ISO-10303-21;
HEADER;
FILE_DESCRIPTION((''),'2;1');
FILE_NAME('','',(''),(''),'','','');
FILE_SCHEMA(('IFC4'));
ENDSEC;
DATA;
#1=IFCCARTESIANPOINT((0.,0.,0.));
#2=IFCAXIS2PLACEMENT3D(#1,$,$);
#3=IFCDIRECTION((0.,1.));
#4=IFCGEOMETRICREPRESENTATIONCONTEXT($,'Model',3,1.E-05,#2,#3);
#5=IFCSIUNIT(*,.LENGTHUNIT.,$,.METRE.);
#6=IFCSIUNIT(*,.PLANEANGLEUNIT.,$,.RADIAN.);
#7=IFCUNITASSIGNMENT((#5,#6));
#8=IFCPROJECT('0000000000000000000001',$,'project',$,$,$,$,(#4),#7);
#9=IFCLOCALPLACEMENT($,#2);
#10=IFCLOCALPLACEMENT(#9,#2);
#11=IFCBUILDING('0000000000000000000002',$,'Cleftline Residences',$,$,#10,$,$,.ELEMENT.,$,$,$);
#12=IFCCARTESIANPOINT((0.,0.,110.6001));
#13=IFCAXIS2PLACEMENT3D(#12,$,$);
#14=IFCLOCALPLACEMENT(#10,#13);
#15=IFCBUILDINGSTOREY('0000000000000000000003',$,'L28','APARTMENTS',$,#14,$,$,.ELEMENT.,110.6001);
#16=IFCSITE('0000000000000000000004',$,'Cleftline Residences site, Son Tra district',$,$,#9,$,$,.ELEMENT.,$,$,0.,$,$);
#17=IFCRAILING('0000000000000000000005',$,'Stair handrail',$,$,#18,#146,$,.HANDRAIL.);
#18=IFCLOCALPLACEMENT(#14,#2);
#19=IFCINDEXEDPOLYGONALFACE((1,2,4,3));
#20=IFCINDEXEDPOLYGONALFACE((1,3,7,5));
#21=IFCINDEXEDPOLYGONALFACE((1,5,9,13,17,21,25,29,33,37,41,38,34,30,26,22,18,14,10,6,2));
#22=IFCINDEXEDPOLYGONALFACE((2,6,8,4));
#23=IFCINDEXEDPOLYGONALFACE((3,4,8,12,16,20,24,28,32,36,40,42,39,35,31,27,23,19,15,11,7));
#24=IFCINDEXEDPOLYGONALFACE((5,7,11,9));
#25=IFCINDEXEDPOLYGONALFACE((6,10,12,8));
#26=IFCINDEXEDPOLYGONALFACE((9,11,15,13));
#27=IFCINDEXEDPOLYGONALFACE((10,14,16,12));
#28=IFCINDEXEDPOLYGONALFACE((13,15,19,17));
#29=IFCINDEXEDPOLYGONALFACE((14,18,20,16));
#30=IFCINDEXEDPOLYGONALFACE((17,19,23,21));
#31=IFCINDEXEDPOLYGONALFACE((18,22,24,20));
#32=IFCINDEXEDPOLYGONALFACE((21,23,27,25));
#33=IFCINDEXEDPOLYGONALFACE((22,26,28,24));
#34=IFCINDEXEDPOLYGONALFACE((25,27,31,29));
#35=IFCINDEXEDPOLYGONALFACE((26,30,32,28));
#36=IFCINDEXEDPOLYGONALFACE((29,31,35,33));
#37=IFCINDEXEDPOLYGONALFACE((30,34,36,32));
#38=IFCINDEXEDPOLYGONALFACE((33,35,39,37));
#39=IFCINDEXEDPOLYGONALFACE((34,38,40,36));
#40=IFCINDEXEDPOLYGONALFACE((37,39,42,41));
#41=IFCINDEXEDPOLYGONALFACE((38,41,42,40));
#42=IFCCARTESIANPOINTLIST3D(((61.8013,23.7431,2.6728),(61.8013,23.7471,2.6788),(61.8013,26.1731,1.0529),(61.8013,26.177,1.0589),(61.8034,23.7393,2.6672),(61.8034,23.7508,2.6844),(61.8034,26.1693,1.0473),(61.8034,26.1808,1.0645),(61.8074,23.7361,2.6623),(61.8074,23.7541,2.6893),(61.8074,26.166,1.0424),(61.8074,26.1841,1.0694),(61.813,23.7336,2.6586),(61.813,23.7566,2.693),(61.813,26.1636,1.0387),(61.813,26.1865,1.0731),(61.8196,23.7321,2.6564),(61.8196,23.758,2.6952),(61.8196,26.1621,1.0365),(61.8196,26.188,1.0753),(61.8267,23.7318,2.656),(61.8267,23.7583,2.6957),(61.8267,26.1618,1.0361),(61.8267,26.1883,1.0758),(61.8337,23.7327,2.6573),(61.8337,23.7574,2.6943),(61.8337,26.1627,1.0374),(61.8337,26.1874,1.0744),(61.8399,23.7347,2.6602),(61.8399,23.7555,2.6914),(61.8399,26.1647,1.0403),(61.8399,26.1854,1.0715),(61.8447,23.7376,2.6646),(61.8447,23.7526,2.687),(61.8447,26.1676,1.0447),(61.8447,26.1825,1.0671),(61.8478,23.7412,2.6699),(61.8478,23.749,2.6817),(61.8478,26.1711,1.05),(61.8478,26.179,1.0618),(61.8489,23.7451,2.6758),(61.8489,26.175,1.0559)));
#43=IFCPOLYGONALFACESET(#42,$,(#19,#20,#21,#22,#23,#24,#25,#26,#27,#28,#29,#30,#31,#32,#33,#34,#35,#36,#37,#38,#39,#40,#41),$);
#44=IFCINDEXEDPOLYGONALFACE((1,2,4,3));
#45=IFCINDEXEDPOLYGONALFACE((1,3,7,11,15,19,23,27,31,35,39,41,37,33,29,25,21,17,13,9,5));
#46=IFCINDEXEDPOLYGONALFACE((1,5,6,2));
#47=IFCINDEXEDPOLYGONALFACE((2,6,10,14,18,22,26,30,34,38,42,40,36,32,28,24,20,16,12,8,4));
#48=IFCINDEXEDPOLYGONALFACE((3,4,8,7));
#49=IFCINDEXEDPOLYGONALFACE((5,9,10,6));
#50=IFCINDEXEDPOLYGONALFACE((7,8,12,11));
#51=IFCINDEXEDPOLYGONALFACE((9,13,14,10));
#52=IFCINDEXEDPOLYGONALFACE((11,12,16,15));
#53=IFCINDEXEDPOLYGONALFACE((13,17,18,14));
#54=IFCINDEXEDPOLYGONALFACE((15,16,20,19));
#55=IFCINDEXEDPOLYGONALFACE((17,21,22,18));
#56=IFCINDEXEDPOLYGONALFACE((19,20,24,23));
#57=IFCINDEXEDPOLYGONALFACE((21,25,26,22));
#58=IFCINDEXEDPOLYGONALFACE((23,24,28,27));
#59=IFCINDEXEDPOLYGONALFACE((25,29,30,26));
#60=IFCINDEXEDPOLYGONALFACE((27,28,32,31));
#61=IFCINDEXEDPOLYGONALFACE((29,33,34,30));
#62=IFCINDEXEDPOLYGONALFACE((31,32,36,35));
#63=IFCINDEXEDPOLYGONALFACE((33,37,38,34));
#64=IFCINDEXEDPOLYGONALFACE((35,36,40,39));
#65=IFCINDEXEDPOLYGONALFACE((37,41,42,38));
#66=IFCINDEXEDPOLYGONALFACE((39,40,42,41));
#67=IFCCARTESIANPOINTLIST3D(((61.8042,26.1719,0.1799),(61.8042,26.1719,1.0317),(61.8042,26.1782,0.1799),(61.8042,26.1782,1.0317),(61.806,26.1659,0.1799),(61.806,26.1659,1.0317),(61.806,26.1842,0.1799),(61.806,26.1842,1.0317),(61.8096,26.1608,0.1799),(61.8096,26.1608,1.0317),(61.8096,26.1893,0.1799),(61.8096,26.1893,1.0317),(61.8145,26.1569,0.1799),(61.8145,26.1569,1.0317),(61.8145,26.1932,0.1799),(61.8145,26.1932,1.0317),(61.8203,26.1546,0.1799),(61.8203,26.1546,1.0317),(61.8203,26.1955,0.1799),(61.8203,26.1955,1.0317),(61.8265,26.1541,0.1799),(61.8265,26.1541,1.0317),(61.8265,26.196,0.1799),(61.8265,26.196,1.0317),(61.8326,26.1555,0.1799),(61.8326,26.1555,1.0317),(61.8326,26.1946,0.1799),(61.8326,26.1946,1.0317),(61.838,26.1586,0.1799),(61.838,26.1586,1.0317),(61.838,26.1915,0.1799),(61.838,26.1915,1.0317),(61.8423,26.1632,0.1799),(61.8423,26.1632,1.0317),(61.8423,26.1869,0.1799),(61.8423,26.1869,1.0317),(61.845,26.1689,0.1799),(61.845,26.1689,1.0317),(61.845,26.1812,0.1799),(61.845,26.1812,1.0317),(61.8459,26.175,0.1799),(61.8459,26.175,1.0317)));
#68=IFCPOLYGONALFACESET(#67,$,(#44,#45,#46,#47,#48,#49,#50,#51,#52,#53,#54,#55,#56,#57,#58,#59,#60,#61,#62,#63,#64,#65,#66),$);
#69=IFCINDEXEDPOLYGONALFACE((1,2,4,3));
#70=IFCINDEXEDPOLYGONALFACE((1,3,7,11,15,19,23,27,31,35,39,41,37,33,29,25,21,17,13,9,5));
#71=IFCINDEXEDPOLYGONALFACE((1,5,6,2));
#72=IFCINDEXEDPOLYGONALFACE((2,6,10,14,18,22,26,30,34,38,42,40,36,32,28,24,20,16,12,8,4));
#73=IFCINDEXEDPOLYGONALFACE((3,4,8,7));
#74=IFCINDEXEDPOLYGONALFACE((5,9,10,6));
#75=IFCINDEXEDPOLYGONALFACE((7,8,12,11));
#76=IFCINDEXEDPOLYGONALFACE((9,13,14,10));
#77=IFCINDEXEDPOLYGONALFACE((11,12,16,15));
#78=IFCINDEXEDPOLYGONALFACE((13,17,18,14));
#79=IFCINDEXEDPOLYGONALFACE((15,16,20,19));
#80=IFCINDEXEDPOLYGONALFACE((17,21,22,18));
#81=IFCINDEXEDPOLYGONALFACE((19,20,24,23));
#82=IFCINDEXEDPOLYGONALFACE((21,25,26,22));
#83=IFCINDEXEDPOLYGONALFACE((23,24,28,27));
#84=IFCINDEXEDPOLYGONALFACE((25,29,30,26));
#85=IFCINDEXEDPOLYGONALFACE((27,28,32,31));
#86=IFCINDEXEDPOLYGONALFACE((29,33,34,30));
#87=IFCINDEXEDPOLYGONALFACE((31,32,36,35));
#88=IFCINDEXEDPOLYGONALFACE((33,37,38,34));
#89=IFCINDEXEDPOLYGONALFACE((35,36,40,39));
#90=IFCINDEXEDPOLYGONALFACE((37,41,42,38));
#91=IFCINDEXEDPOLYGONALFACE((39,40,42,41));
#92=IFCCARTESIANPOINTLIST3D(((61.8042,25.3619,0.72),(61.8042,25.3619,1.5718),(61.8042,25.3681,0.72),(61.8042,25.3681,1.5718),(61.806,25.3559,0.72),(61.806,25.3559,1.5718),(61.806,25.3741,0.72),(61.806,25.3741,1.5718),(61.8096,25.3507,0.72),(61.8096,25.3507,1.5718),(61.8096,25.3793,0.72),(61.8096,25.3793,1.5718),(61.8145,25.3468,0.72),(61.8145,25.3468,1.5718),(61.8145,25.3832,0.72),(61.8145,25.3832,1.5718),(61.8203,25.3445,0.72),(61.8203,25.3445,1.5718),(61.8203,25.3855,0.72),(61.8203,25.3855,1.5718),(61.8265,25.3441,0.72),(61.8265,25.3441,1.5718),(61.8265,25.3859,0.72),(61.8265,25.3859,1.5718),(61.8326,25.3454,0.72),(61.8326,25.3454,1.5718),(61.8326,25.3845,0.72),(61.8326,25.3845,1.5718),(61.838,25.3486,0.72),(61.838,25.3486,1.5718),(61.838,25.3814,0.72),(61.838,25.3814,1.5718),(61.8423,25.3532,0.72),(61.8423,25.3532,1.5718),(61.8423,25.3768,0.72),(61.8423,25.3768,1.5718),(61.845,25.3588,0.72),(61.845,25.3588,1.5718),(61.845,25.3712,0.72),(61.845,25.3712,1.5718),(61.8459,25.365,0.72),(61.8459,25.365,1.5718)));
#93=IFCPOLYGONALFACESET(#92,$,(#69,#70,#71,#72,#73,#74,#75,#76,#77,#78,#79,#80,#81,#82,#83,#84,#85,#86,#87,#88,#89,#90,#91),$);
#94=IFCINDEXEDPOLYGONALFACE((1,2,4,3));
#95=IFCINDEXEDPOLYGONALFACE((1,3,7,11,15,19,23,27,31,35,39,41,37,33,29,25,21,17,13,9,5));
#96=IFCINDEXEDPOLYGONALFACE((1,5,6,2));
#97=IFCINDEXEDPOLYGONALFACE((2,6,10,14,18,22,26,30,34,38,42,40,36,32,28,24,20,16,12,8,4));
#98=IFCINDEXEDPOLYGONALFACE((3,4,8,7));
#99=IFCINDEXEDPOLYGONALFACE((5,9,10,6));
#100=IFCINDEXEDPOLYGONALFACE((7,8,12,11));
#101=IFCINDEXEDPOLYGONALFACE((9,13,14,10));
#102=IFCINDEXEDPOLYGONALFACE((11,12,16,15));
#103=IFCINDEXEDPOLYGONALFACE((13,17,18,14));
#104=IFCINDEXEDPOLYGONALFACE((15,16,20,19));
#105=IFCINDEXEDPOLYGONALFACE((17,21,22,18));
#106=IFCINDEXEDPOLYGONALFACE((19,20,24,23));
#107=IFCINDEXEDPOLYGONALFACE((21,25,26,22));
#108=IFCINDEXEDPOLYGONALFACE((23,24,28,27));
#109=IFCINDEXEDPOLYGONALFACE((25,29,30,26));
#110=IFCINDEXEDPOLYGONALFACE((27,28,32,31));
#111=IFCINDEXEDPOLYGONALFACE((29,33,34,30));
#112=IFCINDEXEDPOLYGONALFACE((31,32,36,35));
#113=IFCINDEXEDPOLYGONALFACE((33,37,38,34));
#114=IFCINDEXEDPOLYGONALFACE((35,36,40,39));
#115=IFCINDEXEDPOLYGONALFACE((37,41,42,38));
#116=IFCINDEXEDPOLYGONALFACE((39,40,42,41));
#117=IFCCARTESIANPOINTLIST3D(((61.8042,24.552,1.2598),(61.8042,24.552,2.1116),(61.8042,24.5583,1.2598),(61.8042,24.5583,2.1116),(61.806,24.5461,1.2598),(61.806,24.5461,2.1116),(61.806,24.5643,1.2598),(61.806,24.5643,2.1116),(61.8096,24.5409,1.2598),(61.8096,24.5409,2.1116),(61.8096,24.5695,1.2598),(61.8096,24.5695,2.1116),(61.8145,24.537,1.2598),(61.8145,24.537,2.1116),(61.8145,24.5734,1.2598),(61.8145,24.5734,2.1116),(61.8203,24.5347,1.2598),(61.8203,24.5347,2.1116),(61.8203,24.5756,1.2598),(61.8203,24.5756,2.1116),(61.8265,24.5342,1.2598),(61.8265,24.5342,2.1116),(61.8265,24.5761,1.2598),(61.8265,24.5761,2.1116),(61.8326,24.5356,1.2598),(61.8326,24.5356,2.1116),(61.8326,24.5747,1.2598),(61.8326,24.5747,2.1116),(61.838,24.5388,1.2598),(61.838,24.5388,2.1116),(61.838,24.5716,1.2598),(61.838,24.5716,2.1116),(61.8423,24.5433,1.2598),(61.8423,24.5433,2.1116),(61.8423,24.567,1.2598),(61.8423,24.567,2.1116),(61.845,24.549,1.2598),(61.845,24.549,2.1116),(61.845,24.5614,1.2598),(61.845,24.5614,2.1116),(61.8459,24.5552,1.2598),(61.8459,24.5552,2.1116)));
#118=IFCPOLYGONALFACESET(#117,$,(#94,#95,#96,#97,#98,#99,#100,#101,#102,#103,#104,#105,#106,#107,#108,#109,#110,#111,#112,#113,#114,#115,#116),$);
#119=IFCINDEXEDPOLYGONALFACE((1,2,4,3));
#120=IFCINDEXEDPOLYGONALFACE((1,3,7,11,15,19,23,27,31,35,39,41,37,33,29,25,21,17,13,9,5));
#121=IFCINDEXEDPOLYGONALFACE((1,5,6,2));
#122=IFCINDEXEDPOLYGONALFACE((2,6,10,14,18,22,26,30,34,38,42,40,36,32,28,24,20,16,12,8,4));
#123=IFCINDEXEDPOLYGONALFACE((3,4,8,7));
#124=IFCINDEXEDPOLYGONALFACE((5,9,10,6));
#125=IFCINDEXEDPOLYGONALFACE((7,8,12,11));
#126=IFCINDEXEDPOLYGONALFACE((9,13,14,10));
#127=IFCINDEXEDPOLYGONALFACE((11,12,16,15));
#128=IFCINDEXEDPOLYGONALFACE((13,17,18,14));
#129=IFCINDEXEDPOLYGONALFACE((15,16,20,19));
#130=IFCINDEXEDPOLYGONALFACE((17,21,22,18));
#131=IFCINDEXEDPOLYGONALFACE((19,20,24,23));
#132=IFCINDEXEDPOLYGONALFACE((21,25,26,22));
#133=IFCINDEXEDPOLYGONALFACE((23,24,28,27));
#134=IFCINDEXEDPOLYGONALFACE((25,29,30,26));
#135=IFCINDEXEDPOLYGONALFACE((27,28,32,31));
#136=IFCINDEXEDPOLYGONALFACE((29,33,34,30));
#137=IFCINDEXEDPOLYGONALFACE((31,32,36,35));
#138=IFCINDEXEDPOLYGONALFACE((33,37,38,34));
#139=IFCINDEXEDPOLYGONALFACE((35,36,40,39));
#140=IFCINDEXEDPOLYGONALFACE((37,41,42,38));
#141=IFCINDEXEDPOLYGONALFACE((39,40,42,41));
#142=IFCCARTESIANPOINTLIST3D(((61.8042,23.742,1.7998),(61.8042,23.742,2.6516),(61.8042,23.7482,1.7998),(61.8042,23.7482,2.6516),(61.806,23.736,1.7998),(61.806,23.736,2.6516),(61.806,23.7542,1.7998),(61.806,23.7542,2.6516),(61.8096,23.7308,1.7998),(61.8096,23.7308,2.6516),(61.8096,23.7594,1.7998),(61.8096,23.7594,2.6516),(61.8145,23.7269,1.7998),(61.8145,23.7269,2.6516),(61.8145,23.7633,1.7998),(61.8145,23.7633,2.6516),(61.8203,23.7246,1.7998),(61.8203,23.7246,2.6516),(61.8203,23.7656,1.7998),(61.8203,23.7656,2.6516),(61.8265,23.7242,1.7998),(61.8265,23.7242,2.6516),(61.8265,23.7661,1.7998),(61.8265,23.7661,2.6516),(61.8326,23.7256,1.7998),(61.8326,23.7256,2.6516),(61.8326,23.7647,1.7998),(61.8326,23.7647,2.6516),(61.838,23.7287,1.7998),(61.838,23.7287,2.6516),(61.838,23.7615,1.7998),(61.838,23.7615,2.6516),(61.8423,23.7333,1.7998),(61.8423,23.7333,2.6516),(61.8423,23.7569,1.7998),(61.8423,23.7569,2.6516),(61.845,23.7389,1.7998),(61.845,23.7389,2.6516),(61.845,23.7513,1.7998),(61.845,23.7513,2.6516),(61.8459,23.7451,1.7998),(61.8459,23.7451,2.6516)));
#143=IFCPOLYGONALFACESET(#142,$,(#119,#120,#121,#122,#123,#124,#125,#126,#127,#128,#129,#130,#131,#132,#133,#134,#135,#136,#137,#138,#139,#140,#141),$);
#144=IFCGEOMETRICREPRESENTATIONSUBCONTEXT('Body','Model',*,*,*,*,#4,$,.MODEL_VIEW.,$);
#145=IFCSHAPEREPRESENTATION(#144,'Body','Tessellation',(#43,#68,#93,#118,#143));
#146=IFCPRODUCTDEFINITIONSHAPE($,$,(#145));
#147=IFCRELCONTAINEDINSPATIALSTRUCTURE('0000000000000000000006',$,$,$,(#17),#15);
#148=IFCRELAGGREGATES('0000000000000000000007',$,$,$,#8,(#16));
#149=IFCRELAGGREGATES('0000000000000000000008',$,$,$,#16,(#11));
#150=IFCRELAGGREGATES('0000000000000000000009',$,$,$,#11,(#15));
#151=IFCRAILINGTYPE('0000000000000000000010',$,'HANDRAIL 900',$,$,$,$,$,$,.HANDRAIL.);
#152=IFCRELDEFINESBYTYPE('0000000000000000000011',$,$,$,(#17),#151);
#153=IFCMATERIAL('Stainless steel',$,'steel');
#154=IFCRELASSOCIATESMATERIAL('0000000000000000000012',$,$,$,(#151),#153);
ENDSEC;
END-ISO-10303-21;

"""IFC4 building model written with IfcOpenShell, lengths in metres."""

from ifc_helpers import new_model, si_unit, direction, frame, origin, origin_2d, place, context, subcontext, project, spatial, circle, extrude, material, type_object, element, save


model = new_model("IFC4")

# Units and contexts
model_context = context("Model", 3, precision=1e-05, world=origin(), true_north=direction((0.0, 1.0)))
body_context = subcontext(model_context, "Body", "Model", "MODEL_VIEW")
ifc_project = project(units=[si_unit("LENGTHUNIT", "METRE"), si_unit("PLANEANGLEUNIT", "RADIAN")], contexts=[model_context])

# Site, building, storey
site_placement = place(None, origin())
site = spatial("IfcSite", under=ifc_project, at=site_placement, Name="Cleftline Residences site, Son Tra district", CompositionType="ELEMENT", RefElevation=0.0)
building_placement = place(site_placement, origin())
building = spatial("IfcBuilding", under=site, at=building_placement, Name="Cleftline Residences", CompositionType="ELEMENT")
storey_placement = place(building_placement, frame((0.0, 0.0, 110.6001)))
storey = spatial("IfcBuildingStorey", under=building, at=storey_placement, Name="L28", Description="APARTMENTS", CompositionType="ELEMENT", Elevation=110.6001)

# Railing
ifc_material_1 = material(Name="Stainless steel", Category="steel")
railing_type = type_object("IfcRailingType", Name="HANDRAIL 900", PredefinedType="HANDRAIL", material=ifc_material_1)
railing_placement = place(storey_placement, frame((61.825, 26.175, 0.1799)))
element("IfcRailing", 1, at=railing_placement, inside=storey, type_object=railing_type, Name="Stair handrail", PredefinedType="HANDRAIL", context=body_context, shape_type="SweptSolid", body=[
    extrude(circle(Radius=0.0239, at=origin_2d()), frame((0.0, 0.0, 0.876), z_axis=(0.0, -0.832063, 0.554681), x_axis=(1.0, 0.0, 0.0)), (0.0, 0.0, 1.0), 2.9204),
    extrude(circle(Radius=0.021, at=origin_2d()), origin(), (0.0, 0.0, 1.0), 0.8518),
    extrude(circle(Radius=0.021, at=origin_2d()), frame((0.0, -0.8101, 0.54)), (0.0, 0.0, 1.0), 0.8518),
    extrude(circle(Radius=0.021, at=origin_2d()), frame((0.0, -1.6199, 1.0798)), (0.0, 0.0, 1.0), 0.8518),
    extrude(circle(Radius=0.021, at=origin_2d()), frame((0.0, -2.4299, 1.6199)), (0.0, 0.0, 1.0), 0.8518),
])

save(model, "model.ifc")
